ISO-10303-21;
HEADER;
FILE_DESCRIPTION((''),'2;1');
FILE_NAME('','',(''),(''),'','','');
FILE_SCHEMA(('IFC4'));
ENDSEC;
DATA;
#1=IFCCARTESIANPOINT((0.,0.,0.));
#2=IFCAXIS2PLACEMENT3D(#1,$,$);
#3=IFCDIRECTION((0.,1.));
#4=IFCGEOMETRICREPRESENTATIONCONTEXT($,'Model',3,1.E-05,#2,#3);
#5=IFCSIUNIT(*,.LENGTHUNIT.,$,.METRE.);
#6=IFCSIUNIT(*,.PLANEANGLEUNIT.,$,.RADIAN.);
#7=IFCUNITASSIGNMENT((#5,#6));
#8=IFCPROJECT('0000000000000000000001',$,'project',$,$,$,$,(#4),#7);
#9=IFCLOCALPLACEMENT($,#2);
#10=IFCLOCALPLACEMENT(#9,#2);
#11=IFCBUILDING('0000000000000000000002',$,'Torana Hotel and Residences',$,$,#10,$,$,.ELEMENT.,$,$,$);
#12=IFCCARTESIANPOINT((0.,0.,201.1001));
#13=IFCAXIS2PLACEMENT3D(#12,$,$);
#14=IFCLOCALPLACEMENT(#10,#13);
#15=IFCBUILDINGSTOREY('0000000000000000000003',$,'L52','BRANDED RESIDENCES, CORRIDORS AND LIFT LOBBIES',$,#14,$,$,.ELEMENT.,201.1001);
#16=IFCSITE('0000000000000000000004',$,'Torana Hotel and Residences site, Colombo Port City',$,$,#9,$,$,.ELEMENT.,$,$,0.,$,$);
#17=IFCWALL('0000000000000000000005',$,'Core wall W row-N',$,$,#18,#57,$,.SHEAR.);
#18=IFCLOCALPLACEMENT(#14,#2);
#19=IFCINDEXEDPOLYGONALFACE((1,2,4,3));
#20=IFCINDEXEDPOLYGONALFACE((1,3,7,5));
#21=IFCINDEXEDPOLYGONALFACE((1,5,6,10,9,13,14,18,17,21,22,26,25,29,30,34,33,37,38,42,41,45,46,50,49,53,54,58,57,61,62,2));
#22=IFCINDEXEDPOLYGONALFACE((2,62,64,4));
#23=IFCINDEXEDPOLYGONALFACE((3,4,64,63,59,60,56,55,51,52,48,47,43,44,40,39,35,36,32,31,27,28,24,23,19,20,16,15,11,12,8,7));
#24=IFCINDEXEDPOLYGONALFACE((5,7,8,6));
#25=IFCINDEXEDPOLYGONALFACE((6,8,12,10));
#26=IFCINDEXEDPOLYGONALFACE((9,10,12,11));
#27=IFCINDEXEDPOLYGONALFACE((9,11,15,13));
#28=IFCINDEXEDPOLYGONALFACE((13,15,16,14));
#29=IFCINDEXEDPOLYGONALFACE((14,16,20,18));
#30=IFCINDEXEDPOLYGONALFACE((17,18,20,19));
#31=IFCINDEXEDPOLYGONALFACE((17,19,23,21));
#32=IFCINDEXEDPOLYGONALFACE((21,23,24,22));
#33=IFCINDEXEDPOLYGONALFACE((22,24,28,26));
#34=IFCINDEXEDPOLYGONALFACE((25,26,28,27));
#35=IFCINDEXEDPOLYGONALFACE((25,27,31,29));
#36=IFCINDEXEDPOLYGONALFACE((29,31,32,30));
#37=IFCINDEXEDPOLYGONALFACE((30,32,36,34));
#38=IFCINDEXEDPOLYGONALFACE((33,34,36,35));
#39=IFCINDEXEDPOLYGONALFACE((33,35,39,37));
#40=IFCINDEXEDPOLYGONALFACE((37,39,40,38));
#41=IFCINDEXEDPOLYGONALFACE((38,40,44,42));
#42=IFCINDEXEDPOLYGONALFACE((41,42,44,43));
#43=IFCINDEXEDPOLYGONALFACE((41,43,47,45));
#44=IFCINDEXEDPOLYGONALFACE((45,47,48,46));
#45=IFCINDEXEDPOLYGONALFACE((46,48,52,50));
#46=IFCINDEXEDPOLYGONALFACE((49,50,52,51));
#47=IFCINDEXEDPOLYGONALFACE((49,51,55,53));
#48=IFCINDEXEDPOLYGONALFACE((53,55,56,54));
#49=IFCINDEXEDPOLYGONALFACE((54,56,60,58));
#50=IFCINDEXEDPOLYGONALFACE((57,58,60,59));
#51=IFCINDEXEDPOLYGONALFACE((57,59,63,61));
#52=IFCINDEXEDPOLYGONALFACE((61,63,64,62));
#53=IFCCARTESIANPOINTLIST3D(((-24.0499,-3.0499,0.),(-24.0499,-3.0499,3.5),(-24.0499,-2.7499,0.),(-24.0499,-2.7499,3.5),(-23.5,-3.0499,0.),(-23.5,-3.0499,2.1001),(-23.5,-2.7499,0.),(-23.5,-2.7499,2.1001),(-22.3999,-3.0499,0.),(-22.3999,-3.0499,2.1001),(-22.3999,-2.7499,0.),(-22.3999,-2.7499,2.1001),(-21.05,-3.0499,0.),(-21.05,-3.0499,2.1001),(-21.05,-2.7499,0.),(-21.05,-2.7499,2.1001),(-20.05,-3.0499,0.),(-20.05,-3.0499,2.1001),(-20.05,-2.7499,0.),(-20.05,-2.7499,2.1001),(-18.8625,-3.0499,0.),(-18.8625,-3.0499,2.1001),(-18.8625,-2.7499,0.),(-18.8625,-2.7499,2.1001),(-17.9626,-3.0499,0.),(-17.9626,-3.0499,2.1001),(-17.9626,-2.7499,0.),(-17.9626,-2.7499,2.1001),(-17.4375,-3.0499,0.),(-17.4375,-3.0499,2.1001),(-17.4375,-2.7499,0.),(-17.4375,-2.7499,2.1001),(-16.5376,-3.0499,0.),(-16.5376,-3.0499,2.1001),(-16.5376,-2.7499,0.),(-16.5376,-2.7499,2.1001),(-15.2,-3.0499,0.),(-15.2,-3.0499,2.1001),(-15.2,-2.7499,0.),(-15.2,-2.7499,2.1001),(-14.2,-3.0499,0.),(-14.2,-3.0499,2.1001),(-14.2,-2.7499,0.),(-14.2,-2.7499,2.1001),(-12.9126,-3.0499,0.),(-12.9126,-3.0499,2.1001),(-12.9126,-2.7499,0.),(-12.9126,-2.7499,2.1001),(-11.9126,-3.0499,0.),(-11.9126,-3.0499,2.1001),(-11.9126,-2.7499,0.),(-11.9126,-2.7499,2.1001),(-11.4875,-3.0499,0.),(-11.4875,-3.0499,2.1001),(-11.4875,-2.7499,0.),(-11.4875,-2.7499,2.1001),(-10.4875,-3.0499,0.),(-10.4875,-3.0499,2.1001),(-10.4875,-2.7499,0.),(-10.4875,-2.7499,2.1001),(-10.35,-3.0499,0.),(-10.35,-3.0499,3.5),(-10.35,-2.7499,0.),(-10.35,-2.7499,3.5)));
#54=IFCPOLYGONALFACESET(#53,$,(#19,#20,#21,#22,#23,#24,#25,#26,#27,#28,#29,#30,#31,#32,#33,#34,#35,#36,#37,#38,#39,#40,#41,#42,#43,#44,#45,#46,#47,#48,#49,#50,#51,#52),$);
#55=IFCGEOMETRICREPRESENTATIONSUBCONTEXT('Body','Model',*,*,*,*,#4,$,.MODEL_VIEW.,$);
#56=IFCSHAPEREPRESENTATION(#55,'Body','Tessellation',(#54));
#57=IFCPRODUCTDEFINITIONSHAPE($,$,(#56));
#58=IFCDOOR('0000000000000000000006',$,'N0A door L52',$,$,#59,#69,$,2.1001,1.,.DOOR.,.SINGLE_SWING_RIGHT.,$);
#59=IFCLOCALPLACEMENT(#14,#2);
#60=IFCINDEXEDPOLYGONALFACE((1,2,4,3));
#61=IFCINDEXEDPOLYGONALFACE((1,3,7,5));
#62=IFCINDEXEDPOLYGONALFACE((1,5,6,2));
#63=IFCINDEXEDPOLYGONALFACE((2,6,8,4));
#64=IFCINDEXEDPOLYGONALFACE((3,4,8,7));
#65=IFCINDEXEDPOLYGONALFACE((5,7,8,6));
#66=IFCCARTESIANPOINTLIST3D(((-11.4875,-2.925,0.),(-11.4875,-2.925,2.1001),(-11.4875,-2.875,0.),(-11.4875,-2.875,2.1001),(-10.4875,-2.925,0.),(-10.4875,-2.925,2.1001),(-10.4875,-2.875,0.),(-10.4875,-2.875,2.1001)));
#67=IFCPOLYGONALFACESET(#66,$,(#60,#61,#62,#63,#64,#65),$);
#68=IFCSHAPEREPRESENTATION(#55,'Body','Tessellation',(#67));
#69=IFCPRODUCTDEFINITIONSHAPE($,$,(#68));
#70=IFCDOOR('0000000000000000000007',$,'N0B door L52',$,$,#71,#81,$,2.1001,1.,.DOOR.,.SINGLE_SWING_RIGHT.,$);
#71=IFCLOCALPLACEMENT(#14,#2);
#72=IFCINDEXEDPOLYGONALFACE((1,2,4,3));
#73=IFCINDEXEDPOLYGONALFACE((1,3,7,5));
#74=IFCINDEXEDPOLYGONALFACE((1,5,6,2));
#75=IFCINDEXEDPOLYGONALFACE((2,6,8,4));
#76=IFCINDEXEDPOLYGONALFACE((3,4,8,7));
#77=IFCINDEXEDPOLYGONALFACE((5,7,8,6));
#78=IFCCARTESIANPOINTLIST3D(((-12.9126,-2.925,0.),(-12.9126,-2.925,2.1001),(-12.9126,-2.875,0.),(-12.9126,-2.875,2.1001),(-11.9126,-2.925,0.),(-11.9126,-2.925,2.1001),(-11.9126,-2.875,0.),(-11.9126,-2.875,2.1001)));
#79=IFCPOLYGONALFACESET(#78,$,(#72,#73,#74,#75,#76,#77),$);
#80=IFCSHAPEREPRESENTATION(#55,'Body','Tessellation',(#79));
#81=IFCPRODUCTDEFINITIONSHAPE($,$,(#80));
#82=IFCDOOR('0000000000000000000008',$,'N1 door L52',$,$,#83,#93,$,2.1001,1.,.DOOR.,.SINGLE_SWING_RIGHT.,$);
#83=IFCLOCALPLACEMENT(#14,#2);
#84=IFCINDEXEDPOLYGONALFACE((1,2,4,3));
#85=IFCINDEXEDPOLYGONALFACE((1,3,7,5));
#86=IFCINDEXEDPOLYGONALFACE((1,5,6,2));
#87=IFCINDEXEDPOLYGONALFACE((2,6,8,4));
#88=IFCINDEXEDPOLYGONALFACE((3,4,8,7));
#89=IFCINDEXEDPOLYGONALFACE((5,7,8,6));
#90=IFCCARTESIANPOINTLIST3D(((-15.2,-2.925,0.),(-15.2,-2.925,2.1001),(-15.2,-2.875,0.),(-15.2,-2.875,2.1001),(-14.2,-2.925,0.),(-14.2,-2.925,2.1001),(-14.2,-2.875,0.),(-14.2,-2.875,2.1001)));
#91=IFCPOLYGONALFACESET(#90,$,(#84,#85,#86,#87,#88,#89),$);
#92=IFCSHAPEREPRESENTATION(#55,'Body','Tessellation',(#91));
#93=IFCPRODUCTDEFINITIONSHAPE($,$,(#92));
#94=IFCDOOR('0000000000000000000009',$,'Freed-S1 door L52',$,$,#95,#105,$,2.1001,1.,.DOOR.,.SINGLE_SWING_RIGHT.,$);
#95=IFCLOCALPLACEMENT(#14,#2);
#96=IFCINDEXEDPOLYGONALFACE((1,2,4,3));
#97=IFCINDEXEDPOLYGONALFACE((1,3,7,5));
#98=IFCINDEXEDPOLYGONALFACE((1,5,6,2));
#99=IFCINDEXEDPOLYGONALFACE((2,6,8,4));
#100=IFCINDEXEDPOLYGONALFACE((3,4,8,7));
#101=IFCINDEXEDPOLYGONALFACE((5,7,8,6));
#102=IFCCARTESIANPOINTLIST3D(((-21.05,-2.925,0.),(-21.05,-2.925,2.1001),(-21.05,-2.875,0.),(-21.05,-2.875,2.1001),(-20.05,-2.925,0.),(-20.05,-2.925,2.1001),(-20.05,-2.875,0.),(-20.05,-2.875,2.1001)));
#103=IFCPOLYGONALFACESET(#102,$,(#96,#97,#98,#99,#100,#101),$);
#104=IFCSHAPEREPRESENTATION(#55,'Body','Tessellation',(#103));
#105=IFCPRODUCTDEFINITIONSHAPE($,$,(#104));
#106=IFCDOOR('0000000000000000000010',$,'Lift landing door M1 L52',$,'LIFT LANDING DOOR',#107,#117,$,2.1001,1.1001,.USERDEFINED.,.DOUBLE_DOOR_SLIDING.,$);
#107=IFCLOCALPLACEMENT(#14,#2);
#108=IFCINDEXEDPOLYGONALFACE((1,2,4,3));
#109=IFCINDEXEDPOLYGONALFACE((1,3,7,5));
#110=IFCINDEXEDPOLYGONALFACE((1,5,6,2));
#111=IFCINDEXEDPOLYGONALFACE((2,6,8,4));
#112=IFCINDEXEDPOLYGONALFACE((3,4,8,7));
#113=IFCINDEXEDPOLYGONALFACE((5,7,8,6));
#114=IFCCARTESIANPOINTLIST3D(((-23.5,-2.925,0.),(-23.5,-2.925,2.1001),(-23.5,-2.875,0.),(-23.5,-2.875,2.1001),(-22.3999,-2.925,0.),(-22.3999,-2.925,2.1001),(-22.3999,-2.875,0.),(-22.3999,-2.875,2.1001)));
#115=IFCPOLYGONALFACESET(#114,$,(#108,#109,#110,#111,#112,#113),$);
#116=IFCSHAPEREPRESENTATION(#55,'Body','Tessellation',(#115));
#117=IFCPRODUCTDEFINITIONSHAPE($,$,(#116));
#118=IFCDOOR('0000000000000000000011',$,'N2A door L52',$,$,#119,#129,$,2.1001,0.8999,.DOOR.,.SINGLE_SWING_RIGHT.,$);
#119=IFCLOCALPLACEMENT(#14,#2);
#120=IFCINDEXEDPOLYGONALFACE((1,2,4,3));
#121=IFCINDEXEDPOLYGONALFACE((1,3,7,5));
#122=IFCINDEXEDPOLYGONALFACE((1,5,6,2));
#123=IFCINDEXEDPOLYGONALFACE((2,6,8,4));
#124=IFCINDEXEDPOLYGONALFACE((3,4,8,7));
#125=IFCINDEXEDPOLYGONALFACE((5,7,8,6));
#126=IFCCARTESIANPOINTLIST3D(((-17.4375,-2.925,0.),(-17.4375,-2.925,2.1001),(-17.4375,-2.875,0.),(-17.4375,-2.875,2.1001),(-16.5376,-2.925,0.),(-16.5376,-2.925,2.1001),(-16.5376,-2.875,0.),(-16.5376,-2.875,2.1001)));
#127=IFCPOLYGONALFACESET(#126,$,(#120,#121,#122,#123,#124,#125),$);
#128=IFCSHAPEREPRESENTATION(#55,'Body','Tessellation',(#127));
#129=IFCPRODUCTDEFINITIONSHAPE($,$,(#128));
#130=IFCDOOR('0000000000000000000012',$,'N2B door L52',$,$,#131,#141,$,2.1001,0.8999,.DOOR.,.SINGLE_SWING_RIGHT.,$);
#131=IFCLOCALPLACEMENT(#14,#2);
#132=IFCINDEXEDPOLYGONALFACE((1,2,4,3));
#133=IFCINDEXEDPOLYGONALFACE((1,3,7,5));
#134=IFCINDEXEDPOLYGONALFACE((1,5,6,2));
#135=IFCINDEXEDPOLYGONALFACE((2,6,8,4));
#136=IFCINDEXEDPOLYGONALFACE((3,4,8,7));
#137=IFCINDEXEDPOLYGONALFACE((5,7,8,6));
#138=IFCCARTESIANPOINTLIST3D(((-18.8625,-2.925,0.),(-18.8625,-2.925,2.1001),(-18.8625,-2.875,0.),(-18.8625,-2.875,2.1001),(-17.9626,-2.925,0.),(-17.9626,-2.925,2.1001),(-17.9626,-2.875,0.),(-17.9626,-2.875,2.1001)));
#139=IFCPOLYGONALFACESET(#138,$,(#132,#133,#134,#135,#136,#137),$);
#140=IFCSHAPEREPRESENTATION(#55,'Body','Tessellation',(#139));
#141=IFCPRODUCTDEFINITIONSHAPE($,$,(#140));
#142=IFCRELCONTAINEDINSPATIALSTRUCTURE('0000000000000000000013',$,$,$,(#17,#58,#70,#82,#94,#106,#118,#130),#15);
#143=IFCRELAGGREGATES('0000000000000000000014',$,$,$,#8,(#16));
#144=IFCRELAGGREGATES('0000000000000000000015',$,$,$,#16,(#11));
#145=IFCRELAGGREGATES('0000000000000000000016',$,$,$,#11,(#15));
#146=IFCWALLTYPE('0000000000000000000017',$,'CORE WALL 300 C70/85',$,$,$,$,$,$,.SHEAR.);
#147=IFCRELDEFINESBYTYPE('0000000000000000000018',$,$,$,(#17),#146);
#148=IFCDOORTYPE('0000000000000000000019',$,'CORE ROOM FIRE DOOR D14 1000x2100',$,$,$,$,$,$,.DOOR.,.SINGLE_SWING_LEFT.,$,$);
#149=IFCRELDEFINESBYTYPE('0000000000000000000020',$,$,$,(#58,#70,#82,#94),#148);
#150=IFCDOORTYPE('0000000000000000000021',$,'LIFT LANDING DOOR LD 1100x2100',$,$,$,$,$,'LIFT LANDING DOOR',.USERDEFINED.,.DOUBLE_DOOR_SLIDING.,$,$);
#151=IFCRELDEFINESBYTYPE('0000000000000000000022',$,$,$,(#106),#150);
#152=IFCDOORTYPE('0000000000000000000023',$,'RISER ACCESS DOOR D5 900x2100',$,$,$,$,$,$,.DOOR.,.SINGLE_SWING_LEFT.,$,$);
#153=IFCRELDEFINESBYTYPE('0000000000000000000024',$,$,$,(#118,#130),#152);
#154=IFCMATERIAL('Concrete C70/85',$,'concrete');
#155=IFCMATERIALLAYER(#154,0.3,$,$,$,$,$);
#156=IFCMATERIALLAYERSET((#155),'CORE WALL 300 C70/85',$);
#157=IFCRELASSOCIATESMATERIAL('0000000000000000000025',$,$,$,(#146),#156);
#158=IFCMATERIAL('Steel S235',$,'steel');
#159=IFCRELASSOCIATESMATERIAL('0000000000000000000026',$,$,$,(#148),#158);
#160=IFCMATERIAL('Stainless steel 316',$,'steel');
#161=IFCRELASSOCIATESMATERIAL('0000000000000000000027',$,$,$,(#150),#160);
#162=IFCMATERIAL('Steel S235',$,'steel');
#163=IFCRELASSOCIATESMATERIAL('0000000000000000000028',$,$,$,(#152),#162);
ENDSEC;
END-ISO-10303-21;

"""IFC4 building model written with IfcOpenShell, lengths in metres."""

from ifc_helpers import new_model, si_unit, direction, frame, frame_2d, origin, place, context, subcontext, project, spatial, rectangle, extrude, material, layer, layer_set, type_object, element, fill, save


model = new_model("IFC4")

# Units and contexts
model_context = context("Model", 3, precision=1e-05, world=origin(), true_north=direction((0.0, 1.0)))
body_context = subcontext(model_context, "Body", "Model", "MODEL_VIEW")
ifc_project = project(units=[si_unit("LENGTHUNIT", "METRE"), si_unit("PLANEANGLEUNIT", "RADIAN")], contexts=[model_context])

# Site, building, storey
site_placement = place(None, origin())
site = spatial("IfcSite", under=ifc_project, at=site_placement, Name="Torana Hotel and Residences site, Colombo Port City", CompositionType="ELEMENT", RefElevation=0.0)
building_placement = place(site_placement, origin())
building = spatial("IfcBuilding", under=site, at=building_placement, Name="Torana Hotel and Residences", CompositionType="ELEMENT")
storey_placement = place(building_placement, frame((0.0, 0.0, 201.1001)))
storey = spatial("IfcBuildingStorey", under=building, at=storey_placement, Name="L52", Description="BRANDED RESIDENCES, CORRIDORS AND LIFT LOBBIES", CompositionType="ELEMENT", Elevation=201.1001)

# Wall, openings, doors
ifc_material_1 = material(Name="Concrete C70/85", Category="concrete")
ifc_layer_1 = layer(ifc_material_1, 0.3)
ifc_layer_set_1 = layer_set([ifc_layer_1], Name="CORE WALL 300 C70/85")
wall_type_1 = type_object("IfcWallType", Name="CORE WALL 300 C70/85", PredefinedType="SHEAR", material=ifc_layer_set_1)
wall_1_placement = place(storey_placement, frame((-24.05, -2.8999, 0.0), z_axis=(0.0, 0.0, 1.0), x_axis=(1.0, 0.0, 0.0)))
wall_1 = element("IfcWall", 1, at=wall_1_placement, inside=storey, type_object=wall_type_1, Name="Core wall W row-N", PredefinedType="SHEAR", context=body_context, shape_type="SweptSolid", body=[
    extrude(rectangle(XDim=13.7, YDim=0.3, at=frame_2d((6.8501, 0.0))), origin(), (0.0, 0.0, 1.0), 3.5),
])
opening_1_placement = place(wall_1_placement, frame((0.55, 0.0, 0.0)))
opening_1 = element("IfcOpeningElement", 2, at=opening_1_placement, cuts=wall_1, PredefinedType="OPENING", context=body_context, shape_type="SweptSolid", body=[
    extrude(rectangle(XDim=1.1001, YDim=2.1001, at=frame_2d((0.55, 1.05))), frame((0.0, 0.1599, 0.0), z_axis=(0.0, -1.0, 0.0), x_axis=(1.0, 0.0, 0.0)), (0.0, 0.0, 1.0), 0.3201),
])
opening_2_placement = place(wall_1_placement, frame((6.6125, 0.0, 0.0)))
opening_2 = element("IfcOpeningElement", 3, at=opening_2_placement, cuts=wall_1, PredefinedType="OPENING", context=body_context, shape_type="SweptSolid", body=[
    extrude(rectangle(XDim=0.8999, YDim=2.1001, at=frame_2d((0.45, 1.05))), frame((0.0, 0.1599, 0.0), z_axis=(0.0, -1.0, 0.0), x_axis=(1.0, 0.0, 0.0)), (0.0, 0.0, 1.0), 0.3201),
])
opening_3_placement = place(wall_1_placement, frame((5.1875, 0.0, 0.0)))
opening_3 = element("IfcOpeningElement", 4, at=opening_3_placement, cuts=wall_1, PredefinedType="OPENING", context=body_context, shape_type="SweptSolid", body=[
    extrude(rectangle(XDim=0.8999, YDim=2.1001, at=frame_2d((0.45, 1.05))), frame((0.0, 0.1599, 0.0), z_axis=(0.0, -1.0, 0.0), x_axis=(1.0, 0.0, 0.0)), (0.0, 0.0, 1.0), 0.3201),
])
opening_4_placement = place(wall_1_placement, frame((12.5625, 0.0, 0.0)))
opening_4 = element("IfcOpeningElement", 5, at=opening_4_placement, cuts=wall_1, PredefinedType="OPENING", context=body_context, shape_type="SweptSolid", body=[
    extrude(rectangle(XDim=1.0, YDim=2.1001, at=frame_2d((0.5, 1.05))), frame((0.0, 0.1599, 0.0), z_axis=(0.0, -1.0, 0.0), x_axis=(1.0, 0.0, 0.0)), (0.0, 0.0, 1.0), 0.3201),
])
opening_5_placement = place(wall_1_placement, frame((11.1375, 0.0, 0.0)))
opening_5 = element("IfcOpeningElement", 6, at=opening_5_placement, cuts=wall_1, PredefinedType="OPENING", context=body_context, shape_type="SweptSolid", body=[
    extrude(rectangle(XDim=1.0, YDim=2.1001, at=frame_2d((0.5, 1.05))), frame((0.0, 0.1599, 0.0), z_axis=(0.0, -1.0, 0.0), x_axis=(1.0, 0.0, 0.0)), (0.0, 0.0, 1.0), 0.3201),
])
opening_6_placement = place(wall_1_placement, frame((8.8501, 0.0, 0.0)))
opening_6 = element("IfcOpeningElement", 7, at=opening_6_placement, cuts=wall_1, PredefinedType="OPENING", context=body_context, shape_type="SweptSolid", body=[
    extrude(rectangle(XDim=1.0, YDim=2.1001, at=frame_2d((0.5, 1.05))), frame((0.0, 0.1599, 0.0), z_axis=(0.0, -1.0, 0.0), x_axis=(1.0, 0.0, 0.0)), (0.0, 0.0, 1.0), 0.3201),
])
opening_7_placement = place(wall_1_placement, frame((3.0, 0.0, 0.0)))
opening_7 = element("IfcOpeningElement", 8, at=opening_7_placement, cuts=wall_1, PredefinedType="OPENING", context=body_context, shape_type="SweptSolid", body=[
    extrude(rectangle(XDim=1.0, YDim=2.1001, at=frame_2d((0.5, 1.05))), frame((0.0, 0.1599, 0.0), z_axis=(0.0, -1.0, 0.0), x_axis=(1.0, 0.0, 0.0)), (0.0, 0.0, 1.0), 0.3201),
])
ifc_material_2 = material(Name="Steel S235", Category="steel")
door_type_1 = type_object("IfcDoorType", Name="CORE ROOM FIRE DOOR D14 1000x2100", OperationType="SINGLE_SWING_LEFT", PredefinedType="DOOR", material=ifc_material_2)
door_1_placement = place(opening_4_placement, origin())
door_1 = element("IfcDoor", 9, at=door_1_placement, inside=storey, type_object=door_type_1, Name="N0A door L52", OperationType="SINGLE_SWING_RIGHT", OverallHeight=2.1001, OverallWidth=1.0, PredefinedType="DOOR", context=body_context, shape_type="SweptSolid", body=[
    extrude(rectangle(XDim=1.0, YDim=2.1001, at=frame_2d((0.5, 1.05))), frame((0.0, 0.0249, 0.0), z_axis=(0.0, -1.0, 0.0), x_axis=(1.0, 0.0, 0.0)), (0.0, 0.0, 1.0), 0.05),
])
fill(opening_4, door_1)
door_2_placement = place(opening_5_placement, origin())
door_2 = element("IfcDoor", 10, at=door_2_placement, inside=storey, type_object=door_type_1, Name="N0B door L52", OperationType="SINGLE_SWING_RIGHT", OverallHeight=2.1001, OverallWidth=1.0, PredefinedType="DOOR", context=body_context, shape_type="SweptSolid", body=[
    extrude(rectangle(XDim=1.0, YDim=2.1001, at=frame_2d((0.5, 1.05))), frame((0.0, 0.0249, 0.0), z_axis=(0.0, -1.0, 0.0), x_axis=(1.0, 0.0, 0.0)), (0.0, 0.0, 1.0), 0.05),
])
fill(opening_5, door_2)
door_3_placement = place(opening_6_placement, origin())
door_3 = element("IfcDoor", 11, at=door_3_placement, inside=storey, type_object=door_type_1, Name="N1 door L52", OperationType="SINGLE_SWING_RIGHT", OverallHeight=2.1001, OverallWidth=1.0, PredefinedType="DOOR", context=body_context, shape_type="SweptSolid", body=[
    extrude(rectangle(XDim=1.0, YDim=2.1001, at=frame_2d((0.5, 1.05))), frame((0.0, 0.0249, 0.0), z_axis=(0.0, -1.0, 0.0), x_axis=(1.0, 0.0, 0.0)), (0.0, 0.0, 1.0), 0.05),
])
fill(opening_6, door_3)
door_4_placement = place(opening_7_placement, origin())
door_4 = element("IfcDoor", 12, at=door_4_placement, inside=storey, type_object=door_type_1, Name="Freed-S1 door L52", OperationType="SINGLE_SWING_RIGHT", OverallHeight=2.1001, OverallWidth=1.0, PredefinedType="DOOR", context=body_context, shape_type="SweptSolid", body=[
    extrude(rectangle(XDim=1.0, YDim=2.1001, at=frame_2d((0.5, 1.05))), frame((0.0, 0.0249, 0.0), z_axis=(0.0, -1.0, 0.0), x_axis=(1.0, 0.0, 0.0)), (0.0, 0.0, 1.0), 0.05),
])
fill(opening_7, door_4)
ifc_material_3 = material(Name="Stainless steel 316", Category="steel")
door_type_2 = type_object("IfcDoorType", Name="LIFT LANDING DOOR LD 1100x2100", ElementType="LIFT LANDING DOOR", OperationType="DOUBLE_DOOR_SLIDING", PredefinedType="USERDEFINED", material=ifc_material_3)
door_5_placement = place(opening_1_placement, origin())
door_5 = element("IfcDoor", 13, at=door_5_placement, inside=storey, type_object=door_type_2, Name="Lift landing door M1 L52", ObjectType="LIFT LANDING DOOR", OperationType="DOUBLE_DOOR_SLIDING", OverallHeight=2.1001, OverallWidth=1.1001, PredefinedType="USERDEFINED", context=body_context, shape_type="SweptSolid", body=[
    extrude(rectangle(XDim=1.1001, YDim=2.1001, at=frame_2d((0.55, 1.05))), frame((0.0, 0.0249, 0.0), z_axis=(0.0, -1.0, 0.0), x_axis=(1.0, 0.0, 0.0)), (0.0, 0.0, 1.0), 0.05),
])
fill(opening_1, door_5)
ifc_material_4 = material(Name="Steel S235", Category="steel")
door_type_3 = type_object("IfcDoorType", Name="RISER ACCESS DOOR D5 900x2100", OperationType="SINGLE_SWING_LEFT", PredefinedType="DOOR", material=ifc_material_4)
door_6_placement = place(opening_2_placement, origin())
door_6 = element("IfcDoor", 14, at=door_6_placement, inside=storey, type_object=door_type_3, Name="N2A door L52", OperationType="SINGLE_SWING_RIGHT", OverallHeight=2.1001, OverallWidth=0.8999, PredefinedType="DOOR", context=body_context, shape_type="SweptSolid", body=[
    extrude(rectangle(XDim=0.8999, YDim=2.1001, at=frame_2d((0.45, 1.05))), frame((0.0, 0.0249, 0.0), z_axis=(0.0, -1.0, 0.0), x_axis=(1.0, 0.0, 0.0)), (0.0, 0.0, 1.0), 0.05),
])
fill(opening_2, door_6)
door_7_placement = place(opening_3_placement, origin())
door_7 = element("IfcDoor", 15, at=door_7_placement, inside=storey, type_object=door_type_3, Name="N2B door L52", OperationType="SINGLE_SWING_RIGHT", OverallHeight=2.1001, OverallWidth=0.8999, PredefinedType="DOOR", context=body_context, shape_type="SweptSolid", body=[
    extrude(rectangle(XDim=0.8999, YDim=2.1001, at=frame_2d((0.45, 1.05))), frame((0.0, 0.0249, 0.0), z_axis=(0.0, -1.0, 0.0), x_axis=(1.0, 0.0, 0.0)), (0.0, 0.0, 1.0), 0.05),
])
fill(opening_3, door_7)

save(model, "model.ifc")
